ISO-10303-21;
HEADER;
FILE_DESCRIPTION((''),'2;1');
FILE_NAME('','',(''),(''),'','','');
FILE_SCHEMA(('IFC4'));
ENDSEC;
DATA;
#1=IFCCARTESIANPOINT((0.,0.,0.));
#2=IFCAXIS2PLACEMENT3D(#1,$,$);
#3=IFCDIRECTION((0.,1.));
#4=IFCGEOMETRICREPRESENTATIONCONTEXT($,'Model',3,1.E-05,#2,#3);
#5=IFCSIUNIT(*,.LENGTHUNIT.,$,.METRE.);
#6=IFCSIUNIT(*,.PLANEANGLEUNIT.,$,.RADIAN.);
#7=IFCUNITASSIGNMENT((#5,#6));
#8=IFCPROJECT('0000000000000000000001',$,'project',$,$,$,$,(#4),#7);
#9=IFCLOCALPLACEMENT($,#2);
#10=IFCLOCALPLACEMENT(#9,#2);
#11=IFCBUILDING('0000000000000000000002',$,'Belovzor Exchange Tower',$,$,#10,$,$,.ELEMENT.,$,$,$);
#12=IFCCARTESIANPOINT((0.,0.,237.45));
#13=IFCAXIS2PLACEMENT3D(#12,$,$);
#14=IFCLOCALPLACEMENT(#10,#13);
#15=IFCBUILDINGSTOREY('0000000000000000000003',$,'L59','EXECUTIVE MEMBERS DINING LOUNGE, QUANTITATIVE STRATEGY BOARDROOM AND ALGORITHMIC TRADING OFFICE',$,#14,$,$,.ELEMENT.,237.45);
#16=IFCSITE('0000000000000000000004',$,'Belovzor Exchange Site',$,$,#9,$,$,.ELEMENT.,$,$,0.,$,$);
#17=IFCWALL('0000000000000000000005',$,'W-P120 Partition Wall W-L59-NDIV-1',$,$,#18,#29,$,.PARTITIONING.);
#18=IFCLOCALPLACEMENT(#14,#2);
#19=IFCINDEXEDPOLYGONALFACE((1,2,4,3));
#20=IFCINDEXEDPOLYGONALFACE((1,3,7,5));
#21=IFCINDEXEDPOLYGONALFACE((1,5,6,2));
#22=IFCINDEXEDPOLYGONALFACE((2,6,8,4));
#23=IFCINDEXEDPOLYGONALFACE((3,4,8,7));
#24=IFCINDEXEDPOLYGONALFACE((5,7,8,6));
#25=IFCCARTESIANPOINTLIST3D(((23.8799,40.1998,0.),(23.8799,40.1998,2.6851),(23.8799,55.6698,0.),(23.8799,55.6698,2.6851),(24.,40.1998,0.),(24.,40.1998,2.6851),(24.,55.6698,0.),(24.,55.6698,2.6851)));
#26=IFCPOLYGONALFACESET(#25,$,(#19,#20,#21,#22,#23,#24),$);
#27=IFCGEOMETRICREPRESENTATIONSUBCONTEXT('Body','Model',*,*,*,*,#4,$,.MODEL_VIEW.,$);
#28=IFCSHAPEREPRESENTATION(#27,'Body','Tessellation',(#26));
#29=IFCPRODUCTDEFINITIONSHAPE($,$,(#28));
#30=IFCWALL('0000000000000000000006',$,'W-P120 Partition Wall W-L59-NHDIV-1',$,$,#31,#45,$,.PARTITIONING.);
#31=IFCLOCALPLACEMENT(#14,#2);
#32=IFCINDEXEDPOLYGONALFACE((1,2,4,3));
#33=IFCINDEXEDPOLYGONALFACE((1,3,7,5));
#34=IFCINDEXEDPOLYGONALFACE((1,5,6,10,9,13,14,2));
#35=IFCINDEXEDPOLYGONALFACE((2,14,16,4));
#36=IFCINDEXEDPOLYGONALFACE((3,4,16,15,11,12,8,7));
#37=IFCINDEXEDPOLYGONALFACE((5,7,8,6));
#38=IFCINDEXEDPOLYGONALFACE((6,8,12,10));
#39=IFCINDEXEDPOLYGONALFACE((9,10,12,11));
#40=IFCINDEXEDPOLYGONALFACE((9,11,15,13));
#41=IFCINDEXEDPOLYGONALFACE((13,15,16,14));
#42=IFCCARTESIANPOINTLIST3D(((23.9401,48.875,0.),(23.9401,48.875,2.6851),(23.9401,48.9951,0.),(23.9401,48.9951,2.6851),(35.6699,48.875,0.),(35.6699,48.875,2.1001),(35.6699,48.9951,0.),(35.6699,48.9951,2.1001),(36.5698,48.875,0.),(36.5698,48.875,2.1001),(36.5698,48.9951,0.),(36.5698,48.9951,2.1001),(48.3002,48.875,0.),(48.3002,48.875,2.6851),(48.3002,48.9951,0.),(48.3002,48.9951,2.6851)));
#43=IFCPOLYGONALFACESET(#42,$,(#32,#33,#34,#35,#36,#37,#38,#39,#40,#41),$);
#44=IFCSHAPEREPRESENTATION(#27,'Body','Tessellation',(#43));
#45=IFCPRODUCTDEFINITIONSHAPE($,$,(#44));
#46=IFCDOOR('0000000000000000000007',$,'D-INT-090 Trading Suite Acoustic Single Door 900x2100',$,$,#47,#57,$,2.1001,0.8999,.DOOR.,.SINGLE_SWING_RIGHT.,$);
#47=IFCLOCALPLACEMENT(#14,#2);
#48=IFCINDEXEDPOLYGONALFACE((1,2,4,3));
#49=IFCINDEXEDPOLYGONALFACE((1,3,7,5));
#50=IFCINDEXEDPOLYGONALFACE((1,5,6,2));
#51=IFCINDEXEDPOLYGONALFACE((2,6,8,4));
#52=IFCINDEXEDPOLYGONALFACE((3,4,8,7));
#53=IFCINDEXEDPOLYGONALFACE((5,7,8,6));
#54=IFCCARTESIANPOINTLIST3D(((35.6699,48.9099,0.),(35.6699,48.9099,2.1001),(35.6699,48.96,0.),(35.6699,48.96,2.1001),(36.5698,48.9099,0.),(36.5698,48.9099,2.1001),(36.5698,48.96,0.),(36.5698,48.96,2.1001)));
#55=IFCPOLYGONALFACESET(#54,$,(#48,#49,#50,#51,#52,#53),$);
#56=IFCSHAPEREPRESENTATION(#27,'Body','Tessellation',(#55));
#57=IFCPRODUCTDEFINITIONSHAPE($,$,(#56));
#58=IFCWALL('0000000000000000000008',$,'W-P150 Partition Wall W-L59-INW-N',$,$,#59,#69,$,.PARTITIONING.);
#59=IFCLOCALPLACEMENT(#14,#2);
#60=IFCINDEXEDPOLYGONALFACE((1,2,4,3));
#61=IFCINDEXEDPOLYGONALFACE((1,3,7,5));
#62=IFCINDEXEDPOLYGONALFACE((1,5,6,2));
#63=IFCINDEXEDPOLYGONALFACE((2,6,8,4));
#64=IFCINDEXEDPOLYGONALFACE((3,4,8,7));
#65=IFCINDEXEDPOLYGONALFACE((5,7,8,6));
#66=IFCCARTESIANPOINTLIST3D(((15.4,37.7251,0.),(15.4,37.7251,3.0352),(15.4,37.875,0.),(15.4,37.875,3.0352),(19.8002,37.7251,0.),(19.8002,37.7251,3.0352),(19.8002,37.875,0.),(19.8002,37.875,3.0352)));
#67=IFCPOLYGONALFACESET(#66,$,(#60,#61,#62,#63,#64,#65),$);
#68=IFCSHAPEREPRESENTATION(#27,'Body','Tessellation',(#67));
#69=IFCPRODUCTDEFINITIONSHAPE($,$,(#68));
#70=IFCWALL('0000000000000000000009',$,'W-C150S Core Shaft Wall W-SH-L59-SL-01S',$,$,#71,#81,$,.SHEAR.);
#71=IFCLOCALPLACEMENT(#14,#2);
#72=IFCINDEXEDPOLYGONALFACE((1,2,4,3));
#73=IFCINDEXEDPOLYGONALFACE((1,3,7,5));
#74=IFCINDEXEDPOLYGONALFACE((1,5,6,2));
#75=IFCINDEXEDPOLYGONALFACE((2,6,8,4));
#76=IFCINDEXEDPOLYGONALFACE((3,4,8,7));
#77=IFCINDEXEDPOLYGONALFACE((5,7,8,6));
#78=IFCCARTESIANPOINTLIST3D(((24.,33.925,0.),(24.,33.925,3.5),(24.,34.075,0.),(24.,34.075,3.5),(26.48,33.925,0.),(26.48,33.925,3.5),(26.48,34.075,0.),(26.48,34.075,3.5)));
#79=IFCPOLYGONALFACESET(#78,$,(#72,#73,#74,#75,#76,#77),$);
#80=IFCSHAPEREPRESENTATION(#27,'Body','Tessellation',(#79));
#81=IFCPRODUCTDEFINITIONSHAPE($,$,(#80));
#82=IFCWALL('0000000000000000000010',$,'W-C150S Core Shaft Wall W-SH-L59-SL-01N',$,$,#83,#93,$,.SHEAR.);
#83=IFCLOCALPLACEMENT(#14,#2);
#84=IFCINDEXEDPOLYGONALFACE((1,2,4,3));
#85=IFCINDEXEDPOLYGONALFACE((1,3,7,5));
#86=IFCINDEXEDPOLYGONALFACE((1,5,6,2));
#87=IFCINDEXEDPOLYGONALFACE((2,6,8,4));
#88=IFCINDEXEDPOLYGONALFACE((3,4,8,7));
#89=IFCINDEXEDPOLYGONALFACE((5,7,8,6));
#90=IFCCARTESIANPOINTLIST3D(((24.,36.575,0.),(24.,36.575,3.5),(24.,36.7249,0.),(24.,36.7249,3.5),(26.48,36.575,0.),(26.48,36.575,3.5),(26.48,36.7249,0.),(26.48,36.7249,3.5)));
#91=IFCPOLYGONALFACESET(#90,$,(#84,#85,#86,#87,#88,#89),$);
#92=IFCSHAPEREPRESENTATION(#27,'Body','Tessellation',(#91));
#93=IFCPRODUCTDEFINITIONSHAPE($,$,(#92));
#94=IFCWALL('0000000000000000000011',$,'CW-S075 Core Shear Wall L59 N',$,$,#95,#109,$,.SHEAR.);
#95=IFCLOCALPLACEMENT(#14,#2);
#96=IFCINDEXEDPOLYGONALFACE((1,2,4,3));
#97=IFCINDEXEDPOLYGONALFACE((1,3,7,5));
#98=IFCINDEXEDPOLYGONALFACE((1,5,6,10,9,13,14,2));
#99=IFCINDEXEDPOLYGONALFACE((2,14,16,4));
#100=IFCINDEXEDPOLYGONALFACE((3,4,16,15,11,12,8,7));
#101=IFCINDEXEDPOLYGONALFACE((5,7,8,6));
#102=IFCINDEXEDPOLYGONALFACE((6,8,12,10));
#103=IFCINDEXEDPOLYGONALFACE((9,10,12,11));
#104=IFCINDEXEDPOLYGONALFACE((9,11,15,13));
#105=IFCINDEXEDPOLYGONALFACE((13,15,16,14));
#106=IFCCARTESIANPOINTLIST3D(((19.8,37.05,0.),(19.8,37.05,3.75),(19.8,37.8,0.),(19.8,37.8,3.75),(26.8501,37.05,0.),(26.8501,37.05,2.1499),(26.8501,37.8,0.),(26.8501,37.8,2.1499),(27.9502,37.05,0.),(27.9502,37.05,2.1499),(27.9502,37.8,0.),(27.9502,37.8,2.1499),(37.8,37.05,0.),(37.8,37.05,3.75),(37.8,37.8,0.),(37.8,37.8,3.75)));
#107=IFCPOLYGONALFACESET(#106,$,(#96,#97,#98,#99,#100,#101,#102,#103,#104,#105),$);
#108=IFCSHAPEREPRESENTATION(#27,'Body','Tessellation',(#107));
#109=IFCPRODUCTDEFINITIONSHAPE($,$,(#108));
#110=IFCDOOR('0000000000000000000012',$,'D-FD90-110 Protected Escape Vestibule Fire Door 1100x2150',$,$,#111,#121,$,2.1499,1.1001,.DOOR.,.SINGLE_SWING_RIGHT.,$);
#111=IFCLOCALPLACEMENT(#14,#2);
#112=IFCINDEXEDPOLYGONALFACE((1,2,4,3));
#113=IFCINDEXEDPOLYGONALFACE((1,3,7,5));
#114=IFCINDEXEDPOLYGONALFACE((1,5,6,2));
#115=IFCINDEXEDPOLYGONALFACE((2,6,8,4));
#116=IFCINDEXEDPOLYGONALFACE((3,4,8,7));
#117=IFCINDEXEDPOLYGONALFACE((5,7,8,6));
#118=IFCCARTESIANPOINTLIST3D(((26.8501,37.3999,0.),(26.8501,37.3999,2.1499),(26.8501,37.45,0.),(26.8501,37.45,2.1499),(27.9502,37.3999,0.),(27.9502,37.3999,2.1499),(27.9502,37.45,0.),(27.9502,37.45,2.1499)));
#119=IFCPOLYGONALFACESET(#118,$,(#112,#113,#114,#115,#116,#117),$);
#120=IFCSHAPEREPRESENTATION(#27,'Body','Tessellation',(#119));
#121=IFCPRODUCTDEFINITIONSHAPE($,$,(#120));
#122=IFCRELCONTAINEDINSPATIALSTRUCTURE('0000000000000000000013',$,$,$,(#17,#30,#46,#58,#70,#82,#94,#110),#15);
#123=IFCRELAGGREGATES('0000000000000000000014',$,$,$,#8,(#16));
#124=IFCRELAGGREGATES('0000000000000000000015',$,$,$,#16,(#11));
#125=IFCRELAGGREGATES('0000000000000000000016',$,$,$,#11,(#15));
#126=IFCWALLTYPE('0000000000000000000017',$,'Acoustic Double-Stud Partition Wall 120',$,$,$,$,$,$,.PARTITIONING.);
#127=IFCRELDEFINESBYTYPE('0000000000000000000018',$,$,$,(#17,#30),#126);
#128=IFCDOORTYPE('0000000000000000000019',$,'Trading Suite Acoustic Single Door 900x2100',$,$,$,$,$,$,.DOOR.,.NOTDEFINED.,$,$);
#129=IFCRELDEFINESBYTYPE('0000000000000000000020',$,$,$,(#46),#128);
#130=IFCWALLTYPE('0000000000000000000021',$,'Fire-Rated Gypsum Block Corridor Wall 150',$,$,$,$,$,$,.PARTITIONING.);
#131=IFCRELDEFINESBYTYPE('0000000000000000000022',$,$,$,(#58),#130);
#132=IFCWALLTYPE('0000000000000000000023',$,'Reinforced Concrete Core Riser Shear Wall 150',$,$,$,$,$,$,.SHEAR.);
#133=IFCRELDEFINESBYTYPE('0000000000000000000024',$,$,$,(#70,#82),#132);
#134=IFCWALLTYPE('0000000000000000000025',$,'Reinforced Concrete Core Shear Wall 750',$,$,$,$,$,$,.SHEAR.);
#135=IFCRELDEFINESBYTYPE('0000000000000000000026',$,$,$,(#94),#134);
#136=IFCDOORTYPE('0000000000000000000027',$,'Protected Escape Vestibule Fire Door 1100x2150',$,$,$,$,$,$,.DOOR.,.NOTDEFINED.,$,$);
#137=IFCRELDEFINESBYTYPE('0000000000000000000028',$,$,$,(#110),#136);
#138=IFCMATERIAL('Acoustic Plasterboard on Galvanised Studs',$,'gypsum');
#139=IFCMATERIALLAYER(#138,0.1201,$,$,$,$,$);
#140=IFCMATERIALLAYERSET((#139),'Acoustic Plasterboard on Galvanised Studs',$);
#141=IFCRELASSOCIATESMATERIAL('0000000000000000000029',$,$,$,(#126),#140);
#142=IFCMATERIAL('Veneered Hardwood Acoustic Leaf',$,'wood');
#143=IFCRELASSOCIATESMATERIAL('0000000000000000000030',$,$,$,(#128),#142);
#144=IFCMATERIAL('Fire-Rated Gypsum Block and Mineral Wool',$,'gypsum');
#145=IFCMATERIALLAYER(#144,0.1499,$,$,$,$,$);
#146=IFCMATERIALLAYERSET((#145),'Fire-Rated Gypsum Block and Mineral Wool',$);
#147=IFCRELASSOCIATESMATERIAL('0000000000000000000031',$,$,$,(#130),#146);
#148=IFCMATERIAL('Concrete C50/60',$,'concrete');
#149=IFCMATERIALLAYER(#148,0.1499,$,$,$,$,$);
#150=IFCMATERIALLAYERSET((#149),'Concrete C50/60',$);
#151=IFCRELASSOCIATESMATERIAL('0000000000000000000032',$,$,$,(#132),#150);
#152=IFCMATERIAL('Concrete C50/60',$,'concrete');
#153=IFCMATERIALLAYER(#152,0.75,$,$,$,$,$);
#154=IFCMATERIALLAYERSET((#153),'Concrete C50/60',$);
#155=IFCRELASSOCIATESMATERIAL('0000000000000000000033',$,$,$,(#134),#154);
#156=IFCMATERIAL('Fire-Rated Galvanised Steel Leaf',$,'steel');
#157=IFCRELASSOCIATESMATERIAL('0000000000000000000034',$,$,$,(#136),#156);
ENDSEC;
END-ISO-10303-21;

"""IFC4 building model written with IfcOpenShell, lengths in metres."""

from ifc_helpers import new_model, si_unit, direction, frame, frame_2d, origin, place, context, subcontext, project, spatial, rectangle, extrude, material, layer, layer_set, type_object, element, fill, save


model = new_model("IFC4")

# Units and contexts
model_context = context("Model", 3, precision=1e-05, world=origin(), true_north=direction((0.0, 1.0)))
body_context = subcontext(model_context, "Body", "Model", "MODEL_VIEW")
ifc_project = project(units=[si_unit("LENGTHUNIT", "METRE"), si_unit("PLANEANGLEUNIT", "RADIAN")], contexts=[model_context])

# Site, building, storey
site_placement = place(None, origin())
site = spatial("IfcSite", under=ifc_project, at=site_placement, Name="Belovzor Exchange Site", CompositionType="ELEMENT", RefElevation=0.0)
building_placement = place(site_placement, origin())
building = spatial("IfcBuilding", under=site, at=building_placement, Name="Belovzor Exchange Tower", CompositionType="ELEMENT")
storey_placement = place(building_placement, frame((0.0, 0.0, 237.45)))
storey = spatial("IfcBuildingStorey", under=building, at=storey_placement, Name="L59", Description="EXECUTIVE MEMBERS DINING LOUNGE, QUANTITATIVE STRATEGY BOARDROOM AND ALGORITHMIC TRADING OFFICE", CompositionType="ELEMENT", Elevation=237.45)

# Wall
ifc_material_1 = material(Name="Acoustic Plasterboard on Galvanised Studs", Category="gypsum")
ifc_layer_1 = layer(ifc_material_1, 0.1201)
ifc_layer_set_1 = layer_set([ifc_layer_1], Name="Acoustic Plasterboard on Galvanised Studs")
wall_type_1 = type_object("IfcWallType", Name="Acoustic Double-Stud Partition Wall 120", PredefinedType="PARTITIONING", material=ifc_layer_set_1)
wall_1_placement = place(storey_placement, frame((23.9399, 40.2, 0.0), z_axis=(0.0, 0.0, 1.0), x_axis=(0.0, 1.0, 0.0)))
element("IfcWall", 1, at=wall_1_placement, inside=storey, type_object=wall_type_1, Name="W-P120 Partition Wall W-L59-NDIV-1", PredefinedType="PARTITIONING", context=body_context, shape_type="SweptSolid", body=[
    extrude(rectangle(XDim=15.47, YDim=0.1201, at=frame_2d((7.7349, 0.0))), origin(), (0.0, 0.0, 1.0), 2.6851),
])

# Wall, opening, door
wall_2_placement = place(storey_placement, frame((23.9399, 48.9351, 0.0), z_axis=(0.0, 0.0, 1.0), x_axis=(1.0, 0.0, 0.0)))
wall_2 = element("IfcWall", 2, at=wall_2_placement, inside=storey, type_object=wall_type_1, Name="W-P120 Partition Wall W-L59-NHDIV-1", PredefinedType="PARTITIONING", context=body_context, shape_type="SweptSolid", body=[
    extrude(rectangle(XDim=24.3601, YDim=0.1201, at=frame_2d((12.1802, 0.0))), origin(), (0.0, 0.0, 1.0), 2.6851),
])
opening_1_placement = place(wall_2_placement, frame((11.73, 0.0, 0.0)))
opening_1 = element("IfcOpeningElement", 3, at=opening_1_placement, cuts=wall_2, PredefinedType="OPENING", context=body_context, shape_type="SweptSolid", body=[
    extrude(rectangle(XDim=0.8999, YDim=2.1001, at=frame_2d((0.45, 1.05))), frame((0.0, 0.0701, 0.0), z_axis=(0.0, -1.0, 0.0), x_axis=(1.0, 0.0, 0.0)), (0.0, 0.0, 1.0), 0.1401),
])
ifc_material_2 = material(Name="Veneered Hardwood Acoustic Leaf", Category="wood")
door_type_1 = type_object("IfcDoorType", Name="Trading Suite Acoustic Single Door 900x2100", OperationType="NOTDEFINED", PredefinedType="DOOR", material=ifc_material_2)
door_1_placement = place(opening_1_placement, origin())
door_1 = element("IfcDoor", 4, at=door_1_placement, inside=storey, type_object=door_type_1, Name="D-INT-090 Trading Suite Acoustic Single Door 900x2100", OperationType="SINGLE_SWING_RIGHT", OverallHeight=2.1001, OverallWidth=0.8999, PredefinedType="DOOR", context=body_context, shape_type="SweptSolid", body=[
    extrude(rectangle(XDim=0.8999, YDim=2.1001, at=frame_2d((0.45, 1.05))), frame((0.0, 0.0249, 0.0), z_axis=(0.0, -1.0, 0.0), x_axis=(1.0, 0.0, 0.0)), (0.0, 0.0, 1.0), 0.05),
])
fill(opening_1, door_1)

# Walls
ifc_material_3 = material(Name="Fire-Rated Gypsum Block and Mineral Wool", Category="gypsum")
ifc_layer_2 = layer(ifc_material_3, 0.1499)
ifc_layer_set_2 = layer_set([ifc_layer_2], Name="Fire-Rated Gypsum Block and Mineral Wool")
wall_type_2 = type_object("IfcWallType", Name="Fire-Rated Gypsum Block Corridor Wall 150", PredefinedType="PARTITIONING", material=ifc_layer_set_2)
wall_3_placement = place(storey_placement, frame((15.3999, 37.8, 0.0), z_axis=(0.0, 0.0, 1.0), x_axis=(1.0, 0.0, 0.0)))
element("IfcWall", 5, at=wall_3_placement, inside=storey, type_object=wall_type_2, Name="W-P150 Partition Wall W-L59-INW-N", PredefinedType="PARTITIONING", context=body_context, shape_type="SweptSolid", body=[
    extrude(rectangle(XDim=4.4001, YDim=0.1499, at=frame_2d((2.2002, 0.0))), origin(), (0.0, 0.0, 1.0), 3.0352),
])
ifc_material_4 = material(Name="Concrete C50/60", Category="concrete")
ifc_layer_3 = layer(ifc_material_4, 0.1499)
ifc_layer_set_3 = layer_set([ifc_layer_3], Name="Concrete C50/60")
wall_type_3 = type_object("IfcWallType", Name="Reinforced Concrete Core Riser Shear Wall 150", PredefinedType="SHEAR", material=ifc_layer_set_3)
for number, where, z_axis, x_axis, name in (
    (6, (24.0, 34.0, 0.0), (0.0, 0.0, 1.0), (1.0, 0.0, 0.0), "W-C150S Core Shaft Wall W-SH-L59-SL-01S"),
    (7, (24.0, 36.6499, 0.0), (0.0, 0.0, 1.0), (1.0, 0.0, 0.0), "W-C150S Core Shaft Wall W-SH-L59-SL-01N"),
):
    element("IfcWall", number, at=place(storey_placement, frame(where, z_axis=z_axis, x_axis=x_axis)), inside=storey, type_object=wall_type_3, Name=name, PredefinedType="SHEAR", context=body_context, shape_type="SweptSolid", body=[
        extrude(rectangle(XDim=2.48, YDim=0.1499, at=frame_2d((1.24, 0.0))), origin(), (0.0, 0.0, 1.0), 3.5),
    ])

# Wall, opening, door
ifc_material_5 = material(Name="Concrete C50/60", Category="concrete")
ifc_layer_4 = layer(ifc_material_5, 0.75)
ifc_layer_set_4 = layer_set([ifc_layer_4], Name="Concrete C50/60")
wall_type_4 = type_object("IfcWallType", Name="Reinforced Concrete Core Shear Wall 750", PredefinedType="SHEAR", material=ifc_layer_set_4)
wall_4_placement = place(storey_placement, frame((19.8, 37.425, 0.0), z_axis=(0.0, 0.0, 1.0), x_axis=(1.0, 0.0, 0.0)))
wall_4 = element("IfcWall", 8, at=wall_4_placement, inside=storey, type_object=wall_type_4, Name="CW-S075 Core Shear Wall L59 N", PredefinedType="SHEAR", context=body_context, shape_type="SweptSolid", body=[
    extrude(rectangle(XDim=18.0, YDim=0.75, at=frame_2d((9.0, 0.0))), origin(), (0.0, 0.0, 1.0), 3.75),
])
opening_2_placement = place(wall_4_placement, frame((7.05, 0.0, 0.0)))
opening_2 = element("IfcOpeningElement", 9, at=opening_2_placement, cuts=wall_4, PredefinedType="OPENING", context=body_context, shape_type="SweptSolid", body=[
    extrude(rectangle(XDim=1.1001, YDim=2.1499, at=frame_2d((0.55, 1.075))), frame((0.0, 0.385, 0.0), z_axis=(0.0, -1.0, 0.0), x_axis=(1.0, 0.0, 0.0)), (0.0, 0.0, 1.0), 0.77),
])
ifc_material_6 = material(Name="Fire-Rated Galvanised Steel Leaf", Category="steel")
door_type_2 = type_object("IfcDoorType", Name="Protected Escape Vestibule Fire Door 1100x2150", OperationType="NOTDEFINED", PredefinedType="DOOR", material=ifc_material_6)
door_2_placement = place(opening_2_placement, origin())
door_2 = element("IfcDoor", 10, at=door_2_placement, inside=storey, type_object=door_type_2, Name="D-FD90-110 Protected Escape Vestibule Fire Door 1100x2150", OperationType="SINGLE_SWING_RIGHT", OverallHeight=2.1499, OverallWidth=1.1001, PredefinedType="DOOR", context=body_context, shape_type="SweptSolid", body=[
    extrude(rectangle(XDim=1.1001, YDim=2.1499, at=frame_2d((0.55, 1.075))), frame((0.0, 0.0249, 0.0), z_axis=(0.0, -1.0, 0.0), x_axis=(1.0, 0.0, 0.0)), (0.0, 0.0, 1.0), 0.05),
])
fill(opening_2, door_2)

save(model, "model.ifc")
